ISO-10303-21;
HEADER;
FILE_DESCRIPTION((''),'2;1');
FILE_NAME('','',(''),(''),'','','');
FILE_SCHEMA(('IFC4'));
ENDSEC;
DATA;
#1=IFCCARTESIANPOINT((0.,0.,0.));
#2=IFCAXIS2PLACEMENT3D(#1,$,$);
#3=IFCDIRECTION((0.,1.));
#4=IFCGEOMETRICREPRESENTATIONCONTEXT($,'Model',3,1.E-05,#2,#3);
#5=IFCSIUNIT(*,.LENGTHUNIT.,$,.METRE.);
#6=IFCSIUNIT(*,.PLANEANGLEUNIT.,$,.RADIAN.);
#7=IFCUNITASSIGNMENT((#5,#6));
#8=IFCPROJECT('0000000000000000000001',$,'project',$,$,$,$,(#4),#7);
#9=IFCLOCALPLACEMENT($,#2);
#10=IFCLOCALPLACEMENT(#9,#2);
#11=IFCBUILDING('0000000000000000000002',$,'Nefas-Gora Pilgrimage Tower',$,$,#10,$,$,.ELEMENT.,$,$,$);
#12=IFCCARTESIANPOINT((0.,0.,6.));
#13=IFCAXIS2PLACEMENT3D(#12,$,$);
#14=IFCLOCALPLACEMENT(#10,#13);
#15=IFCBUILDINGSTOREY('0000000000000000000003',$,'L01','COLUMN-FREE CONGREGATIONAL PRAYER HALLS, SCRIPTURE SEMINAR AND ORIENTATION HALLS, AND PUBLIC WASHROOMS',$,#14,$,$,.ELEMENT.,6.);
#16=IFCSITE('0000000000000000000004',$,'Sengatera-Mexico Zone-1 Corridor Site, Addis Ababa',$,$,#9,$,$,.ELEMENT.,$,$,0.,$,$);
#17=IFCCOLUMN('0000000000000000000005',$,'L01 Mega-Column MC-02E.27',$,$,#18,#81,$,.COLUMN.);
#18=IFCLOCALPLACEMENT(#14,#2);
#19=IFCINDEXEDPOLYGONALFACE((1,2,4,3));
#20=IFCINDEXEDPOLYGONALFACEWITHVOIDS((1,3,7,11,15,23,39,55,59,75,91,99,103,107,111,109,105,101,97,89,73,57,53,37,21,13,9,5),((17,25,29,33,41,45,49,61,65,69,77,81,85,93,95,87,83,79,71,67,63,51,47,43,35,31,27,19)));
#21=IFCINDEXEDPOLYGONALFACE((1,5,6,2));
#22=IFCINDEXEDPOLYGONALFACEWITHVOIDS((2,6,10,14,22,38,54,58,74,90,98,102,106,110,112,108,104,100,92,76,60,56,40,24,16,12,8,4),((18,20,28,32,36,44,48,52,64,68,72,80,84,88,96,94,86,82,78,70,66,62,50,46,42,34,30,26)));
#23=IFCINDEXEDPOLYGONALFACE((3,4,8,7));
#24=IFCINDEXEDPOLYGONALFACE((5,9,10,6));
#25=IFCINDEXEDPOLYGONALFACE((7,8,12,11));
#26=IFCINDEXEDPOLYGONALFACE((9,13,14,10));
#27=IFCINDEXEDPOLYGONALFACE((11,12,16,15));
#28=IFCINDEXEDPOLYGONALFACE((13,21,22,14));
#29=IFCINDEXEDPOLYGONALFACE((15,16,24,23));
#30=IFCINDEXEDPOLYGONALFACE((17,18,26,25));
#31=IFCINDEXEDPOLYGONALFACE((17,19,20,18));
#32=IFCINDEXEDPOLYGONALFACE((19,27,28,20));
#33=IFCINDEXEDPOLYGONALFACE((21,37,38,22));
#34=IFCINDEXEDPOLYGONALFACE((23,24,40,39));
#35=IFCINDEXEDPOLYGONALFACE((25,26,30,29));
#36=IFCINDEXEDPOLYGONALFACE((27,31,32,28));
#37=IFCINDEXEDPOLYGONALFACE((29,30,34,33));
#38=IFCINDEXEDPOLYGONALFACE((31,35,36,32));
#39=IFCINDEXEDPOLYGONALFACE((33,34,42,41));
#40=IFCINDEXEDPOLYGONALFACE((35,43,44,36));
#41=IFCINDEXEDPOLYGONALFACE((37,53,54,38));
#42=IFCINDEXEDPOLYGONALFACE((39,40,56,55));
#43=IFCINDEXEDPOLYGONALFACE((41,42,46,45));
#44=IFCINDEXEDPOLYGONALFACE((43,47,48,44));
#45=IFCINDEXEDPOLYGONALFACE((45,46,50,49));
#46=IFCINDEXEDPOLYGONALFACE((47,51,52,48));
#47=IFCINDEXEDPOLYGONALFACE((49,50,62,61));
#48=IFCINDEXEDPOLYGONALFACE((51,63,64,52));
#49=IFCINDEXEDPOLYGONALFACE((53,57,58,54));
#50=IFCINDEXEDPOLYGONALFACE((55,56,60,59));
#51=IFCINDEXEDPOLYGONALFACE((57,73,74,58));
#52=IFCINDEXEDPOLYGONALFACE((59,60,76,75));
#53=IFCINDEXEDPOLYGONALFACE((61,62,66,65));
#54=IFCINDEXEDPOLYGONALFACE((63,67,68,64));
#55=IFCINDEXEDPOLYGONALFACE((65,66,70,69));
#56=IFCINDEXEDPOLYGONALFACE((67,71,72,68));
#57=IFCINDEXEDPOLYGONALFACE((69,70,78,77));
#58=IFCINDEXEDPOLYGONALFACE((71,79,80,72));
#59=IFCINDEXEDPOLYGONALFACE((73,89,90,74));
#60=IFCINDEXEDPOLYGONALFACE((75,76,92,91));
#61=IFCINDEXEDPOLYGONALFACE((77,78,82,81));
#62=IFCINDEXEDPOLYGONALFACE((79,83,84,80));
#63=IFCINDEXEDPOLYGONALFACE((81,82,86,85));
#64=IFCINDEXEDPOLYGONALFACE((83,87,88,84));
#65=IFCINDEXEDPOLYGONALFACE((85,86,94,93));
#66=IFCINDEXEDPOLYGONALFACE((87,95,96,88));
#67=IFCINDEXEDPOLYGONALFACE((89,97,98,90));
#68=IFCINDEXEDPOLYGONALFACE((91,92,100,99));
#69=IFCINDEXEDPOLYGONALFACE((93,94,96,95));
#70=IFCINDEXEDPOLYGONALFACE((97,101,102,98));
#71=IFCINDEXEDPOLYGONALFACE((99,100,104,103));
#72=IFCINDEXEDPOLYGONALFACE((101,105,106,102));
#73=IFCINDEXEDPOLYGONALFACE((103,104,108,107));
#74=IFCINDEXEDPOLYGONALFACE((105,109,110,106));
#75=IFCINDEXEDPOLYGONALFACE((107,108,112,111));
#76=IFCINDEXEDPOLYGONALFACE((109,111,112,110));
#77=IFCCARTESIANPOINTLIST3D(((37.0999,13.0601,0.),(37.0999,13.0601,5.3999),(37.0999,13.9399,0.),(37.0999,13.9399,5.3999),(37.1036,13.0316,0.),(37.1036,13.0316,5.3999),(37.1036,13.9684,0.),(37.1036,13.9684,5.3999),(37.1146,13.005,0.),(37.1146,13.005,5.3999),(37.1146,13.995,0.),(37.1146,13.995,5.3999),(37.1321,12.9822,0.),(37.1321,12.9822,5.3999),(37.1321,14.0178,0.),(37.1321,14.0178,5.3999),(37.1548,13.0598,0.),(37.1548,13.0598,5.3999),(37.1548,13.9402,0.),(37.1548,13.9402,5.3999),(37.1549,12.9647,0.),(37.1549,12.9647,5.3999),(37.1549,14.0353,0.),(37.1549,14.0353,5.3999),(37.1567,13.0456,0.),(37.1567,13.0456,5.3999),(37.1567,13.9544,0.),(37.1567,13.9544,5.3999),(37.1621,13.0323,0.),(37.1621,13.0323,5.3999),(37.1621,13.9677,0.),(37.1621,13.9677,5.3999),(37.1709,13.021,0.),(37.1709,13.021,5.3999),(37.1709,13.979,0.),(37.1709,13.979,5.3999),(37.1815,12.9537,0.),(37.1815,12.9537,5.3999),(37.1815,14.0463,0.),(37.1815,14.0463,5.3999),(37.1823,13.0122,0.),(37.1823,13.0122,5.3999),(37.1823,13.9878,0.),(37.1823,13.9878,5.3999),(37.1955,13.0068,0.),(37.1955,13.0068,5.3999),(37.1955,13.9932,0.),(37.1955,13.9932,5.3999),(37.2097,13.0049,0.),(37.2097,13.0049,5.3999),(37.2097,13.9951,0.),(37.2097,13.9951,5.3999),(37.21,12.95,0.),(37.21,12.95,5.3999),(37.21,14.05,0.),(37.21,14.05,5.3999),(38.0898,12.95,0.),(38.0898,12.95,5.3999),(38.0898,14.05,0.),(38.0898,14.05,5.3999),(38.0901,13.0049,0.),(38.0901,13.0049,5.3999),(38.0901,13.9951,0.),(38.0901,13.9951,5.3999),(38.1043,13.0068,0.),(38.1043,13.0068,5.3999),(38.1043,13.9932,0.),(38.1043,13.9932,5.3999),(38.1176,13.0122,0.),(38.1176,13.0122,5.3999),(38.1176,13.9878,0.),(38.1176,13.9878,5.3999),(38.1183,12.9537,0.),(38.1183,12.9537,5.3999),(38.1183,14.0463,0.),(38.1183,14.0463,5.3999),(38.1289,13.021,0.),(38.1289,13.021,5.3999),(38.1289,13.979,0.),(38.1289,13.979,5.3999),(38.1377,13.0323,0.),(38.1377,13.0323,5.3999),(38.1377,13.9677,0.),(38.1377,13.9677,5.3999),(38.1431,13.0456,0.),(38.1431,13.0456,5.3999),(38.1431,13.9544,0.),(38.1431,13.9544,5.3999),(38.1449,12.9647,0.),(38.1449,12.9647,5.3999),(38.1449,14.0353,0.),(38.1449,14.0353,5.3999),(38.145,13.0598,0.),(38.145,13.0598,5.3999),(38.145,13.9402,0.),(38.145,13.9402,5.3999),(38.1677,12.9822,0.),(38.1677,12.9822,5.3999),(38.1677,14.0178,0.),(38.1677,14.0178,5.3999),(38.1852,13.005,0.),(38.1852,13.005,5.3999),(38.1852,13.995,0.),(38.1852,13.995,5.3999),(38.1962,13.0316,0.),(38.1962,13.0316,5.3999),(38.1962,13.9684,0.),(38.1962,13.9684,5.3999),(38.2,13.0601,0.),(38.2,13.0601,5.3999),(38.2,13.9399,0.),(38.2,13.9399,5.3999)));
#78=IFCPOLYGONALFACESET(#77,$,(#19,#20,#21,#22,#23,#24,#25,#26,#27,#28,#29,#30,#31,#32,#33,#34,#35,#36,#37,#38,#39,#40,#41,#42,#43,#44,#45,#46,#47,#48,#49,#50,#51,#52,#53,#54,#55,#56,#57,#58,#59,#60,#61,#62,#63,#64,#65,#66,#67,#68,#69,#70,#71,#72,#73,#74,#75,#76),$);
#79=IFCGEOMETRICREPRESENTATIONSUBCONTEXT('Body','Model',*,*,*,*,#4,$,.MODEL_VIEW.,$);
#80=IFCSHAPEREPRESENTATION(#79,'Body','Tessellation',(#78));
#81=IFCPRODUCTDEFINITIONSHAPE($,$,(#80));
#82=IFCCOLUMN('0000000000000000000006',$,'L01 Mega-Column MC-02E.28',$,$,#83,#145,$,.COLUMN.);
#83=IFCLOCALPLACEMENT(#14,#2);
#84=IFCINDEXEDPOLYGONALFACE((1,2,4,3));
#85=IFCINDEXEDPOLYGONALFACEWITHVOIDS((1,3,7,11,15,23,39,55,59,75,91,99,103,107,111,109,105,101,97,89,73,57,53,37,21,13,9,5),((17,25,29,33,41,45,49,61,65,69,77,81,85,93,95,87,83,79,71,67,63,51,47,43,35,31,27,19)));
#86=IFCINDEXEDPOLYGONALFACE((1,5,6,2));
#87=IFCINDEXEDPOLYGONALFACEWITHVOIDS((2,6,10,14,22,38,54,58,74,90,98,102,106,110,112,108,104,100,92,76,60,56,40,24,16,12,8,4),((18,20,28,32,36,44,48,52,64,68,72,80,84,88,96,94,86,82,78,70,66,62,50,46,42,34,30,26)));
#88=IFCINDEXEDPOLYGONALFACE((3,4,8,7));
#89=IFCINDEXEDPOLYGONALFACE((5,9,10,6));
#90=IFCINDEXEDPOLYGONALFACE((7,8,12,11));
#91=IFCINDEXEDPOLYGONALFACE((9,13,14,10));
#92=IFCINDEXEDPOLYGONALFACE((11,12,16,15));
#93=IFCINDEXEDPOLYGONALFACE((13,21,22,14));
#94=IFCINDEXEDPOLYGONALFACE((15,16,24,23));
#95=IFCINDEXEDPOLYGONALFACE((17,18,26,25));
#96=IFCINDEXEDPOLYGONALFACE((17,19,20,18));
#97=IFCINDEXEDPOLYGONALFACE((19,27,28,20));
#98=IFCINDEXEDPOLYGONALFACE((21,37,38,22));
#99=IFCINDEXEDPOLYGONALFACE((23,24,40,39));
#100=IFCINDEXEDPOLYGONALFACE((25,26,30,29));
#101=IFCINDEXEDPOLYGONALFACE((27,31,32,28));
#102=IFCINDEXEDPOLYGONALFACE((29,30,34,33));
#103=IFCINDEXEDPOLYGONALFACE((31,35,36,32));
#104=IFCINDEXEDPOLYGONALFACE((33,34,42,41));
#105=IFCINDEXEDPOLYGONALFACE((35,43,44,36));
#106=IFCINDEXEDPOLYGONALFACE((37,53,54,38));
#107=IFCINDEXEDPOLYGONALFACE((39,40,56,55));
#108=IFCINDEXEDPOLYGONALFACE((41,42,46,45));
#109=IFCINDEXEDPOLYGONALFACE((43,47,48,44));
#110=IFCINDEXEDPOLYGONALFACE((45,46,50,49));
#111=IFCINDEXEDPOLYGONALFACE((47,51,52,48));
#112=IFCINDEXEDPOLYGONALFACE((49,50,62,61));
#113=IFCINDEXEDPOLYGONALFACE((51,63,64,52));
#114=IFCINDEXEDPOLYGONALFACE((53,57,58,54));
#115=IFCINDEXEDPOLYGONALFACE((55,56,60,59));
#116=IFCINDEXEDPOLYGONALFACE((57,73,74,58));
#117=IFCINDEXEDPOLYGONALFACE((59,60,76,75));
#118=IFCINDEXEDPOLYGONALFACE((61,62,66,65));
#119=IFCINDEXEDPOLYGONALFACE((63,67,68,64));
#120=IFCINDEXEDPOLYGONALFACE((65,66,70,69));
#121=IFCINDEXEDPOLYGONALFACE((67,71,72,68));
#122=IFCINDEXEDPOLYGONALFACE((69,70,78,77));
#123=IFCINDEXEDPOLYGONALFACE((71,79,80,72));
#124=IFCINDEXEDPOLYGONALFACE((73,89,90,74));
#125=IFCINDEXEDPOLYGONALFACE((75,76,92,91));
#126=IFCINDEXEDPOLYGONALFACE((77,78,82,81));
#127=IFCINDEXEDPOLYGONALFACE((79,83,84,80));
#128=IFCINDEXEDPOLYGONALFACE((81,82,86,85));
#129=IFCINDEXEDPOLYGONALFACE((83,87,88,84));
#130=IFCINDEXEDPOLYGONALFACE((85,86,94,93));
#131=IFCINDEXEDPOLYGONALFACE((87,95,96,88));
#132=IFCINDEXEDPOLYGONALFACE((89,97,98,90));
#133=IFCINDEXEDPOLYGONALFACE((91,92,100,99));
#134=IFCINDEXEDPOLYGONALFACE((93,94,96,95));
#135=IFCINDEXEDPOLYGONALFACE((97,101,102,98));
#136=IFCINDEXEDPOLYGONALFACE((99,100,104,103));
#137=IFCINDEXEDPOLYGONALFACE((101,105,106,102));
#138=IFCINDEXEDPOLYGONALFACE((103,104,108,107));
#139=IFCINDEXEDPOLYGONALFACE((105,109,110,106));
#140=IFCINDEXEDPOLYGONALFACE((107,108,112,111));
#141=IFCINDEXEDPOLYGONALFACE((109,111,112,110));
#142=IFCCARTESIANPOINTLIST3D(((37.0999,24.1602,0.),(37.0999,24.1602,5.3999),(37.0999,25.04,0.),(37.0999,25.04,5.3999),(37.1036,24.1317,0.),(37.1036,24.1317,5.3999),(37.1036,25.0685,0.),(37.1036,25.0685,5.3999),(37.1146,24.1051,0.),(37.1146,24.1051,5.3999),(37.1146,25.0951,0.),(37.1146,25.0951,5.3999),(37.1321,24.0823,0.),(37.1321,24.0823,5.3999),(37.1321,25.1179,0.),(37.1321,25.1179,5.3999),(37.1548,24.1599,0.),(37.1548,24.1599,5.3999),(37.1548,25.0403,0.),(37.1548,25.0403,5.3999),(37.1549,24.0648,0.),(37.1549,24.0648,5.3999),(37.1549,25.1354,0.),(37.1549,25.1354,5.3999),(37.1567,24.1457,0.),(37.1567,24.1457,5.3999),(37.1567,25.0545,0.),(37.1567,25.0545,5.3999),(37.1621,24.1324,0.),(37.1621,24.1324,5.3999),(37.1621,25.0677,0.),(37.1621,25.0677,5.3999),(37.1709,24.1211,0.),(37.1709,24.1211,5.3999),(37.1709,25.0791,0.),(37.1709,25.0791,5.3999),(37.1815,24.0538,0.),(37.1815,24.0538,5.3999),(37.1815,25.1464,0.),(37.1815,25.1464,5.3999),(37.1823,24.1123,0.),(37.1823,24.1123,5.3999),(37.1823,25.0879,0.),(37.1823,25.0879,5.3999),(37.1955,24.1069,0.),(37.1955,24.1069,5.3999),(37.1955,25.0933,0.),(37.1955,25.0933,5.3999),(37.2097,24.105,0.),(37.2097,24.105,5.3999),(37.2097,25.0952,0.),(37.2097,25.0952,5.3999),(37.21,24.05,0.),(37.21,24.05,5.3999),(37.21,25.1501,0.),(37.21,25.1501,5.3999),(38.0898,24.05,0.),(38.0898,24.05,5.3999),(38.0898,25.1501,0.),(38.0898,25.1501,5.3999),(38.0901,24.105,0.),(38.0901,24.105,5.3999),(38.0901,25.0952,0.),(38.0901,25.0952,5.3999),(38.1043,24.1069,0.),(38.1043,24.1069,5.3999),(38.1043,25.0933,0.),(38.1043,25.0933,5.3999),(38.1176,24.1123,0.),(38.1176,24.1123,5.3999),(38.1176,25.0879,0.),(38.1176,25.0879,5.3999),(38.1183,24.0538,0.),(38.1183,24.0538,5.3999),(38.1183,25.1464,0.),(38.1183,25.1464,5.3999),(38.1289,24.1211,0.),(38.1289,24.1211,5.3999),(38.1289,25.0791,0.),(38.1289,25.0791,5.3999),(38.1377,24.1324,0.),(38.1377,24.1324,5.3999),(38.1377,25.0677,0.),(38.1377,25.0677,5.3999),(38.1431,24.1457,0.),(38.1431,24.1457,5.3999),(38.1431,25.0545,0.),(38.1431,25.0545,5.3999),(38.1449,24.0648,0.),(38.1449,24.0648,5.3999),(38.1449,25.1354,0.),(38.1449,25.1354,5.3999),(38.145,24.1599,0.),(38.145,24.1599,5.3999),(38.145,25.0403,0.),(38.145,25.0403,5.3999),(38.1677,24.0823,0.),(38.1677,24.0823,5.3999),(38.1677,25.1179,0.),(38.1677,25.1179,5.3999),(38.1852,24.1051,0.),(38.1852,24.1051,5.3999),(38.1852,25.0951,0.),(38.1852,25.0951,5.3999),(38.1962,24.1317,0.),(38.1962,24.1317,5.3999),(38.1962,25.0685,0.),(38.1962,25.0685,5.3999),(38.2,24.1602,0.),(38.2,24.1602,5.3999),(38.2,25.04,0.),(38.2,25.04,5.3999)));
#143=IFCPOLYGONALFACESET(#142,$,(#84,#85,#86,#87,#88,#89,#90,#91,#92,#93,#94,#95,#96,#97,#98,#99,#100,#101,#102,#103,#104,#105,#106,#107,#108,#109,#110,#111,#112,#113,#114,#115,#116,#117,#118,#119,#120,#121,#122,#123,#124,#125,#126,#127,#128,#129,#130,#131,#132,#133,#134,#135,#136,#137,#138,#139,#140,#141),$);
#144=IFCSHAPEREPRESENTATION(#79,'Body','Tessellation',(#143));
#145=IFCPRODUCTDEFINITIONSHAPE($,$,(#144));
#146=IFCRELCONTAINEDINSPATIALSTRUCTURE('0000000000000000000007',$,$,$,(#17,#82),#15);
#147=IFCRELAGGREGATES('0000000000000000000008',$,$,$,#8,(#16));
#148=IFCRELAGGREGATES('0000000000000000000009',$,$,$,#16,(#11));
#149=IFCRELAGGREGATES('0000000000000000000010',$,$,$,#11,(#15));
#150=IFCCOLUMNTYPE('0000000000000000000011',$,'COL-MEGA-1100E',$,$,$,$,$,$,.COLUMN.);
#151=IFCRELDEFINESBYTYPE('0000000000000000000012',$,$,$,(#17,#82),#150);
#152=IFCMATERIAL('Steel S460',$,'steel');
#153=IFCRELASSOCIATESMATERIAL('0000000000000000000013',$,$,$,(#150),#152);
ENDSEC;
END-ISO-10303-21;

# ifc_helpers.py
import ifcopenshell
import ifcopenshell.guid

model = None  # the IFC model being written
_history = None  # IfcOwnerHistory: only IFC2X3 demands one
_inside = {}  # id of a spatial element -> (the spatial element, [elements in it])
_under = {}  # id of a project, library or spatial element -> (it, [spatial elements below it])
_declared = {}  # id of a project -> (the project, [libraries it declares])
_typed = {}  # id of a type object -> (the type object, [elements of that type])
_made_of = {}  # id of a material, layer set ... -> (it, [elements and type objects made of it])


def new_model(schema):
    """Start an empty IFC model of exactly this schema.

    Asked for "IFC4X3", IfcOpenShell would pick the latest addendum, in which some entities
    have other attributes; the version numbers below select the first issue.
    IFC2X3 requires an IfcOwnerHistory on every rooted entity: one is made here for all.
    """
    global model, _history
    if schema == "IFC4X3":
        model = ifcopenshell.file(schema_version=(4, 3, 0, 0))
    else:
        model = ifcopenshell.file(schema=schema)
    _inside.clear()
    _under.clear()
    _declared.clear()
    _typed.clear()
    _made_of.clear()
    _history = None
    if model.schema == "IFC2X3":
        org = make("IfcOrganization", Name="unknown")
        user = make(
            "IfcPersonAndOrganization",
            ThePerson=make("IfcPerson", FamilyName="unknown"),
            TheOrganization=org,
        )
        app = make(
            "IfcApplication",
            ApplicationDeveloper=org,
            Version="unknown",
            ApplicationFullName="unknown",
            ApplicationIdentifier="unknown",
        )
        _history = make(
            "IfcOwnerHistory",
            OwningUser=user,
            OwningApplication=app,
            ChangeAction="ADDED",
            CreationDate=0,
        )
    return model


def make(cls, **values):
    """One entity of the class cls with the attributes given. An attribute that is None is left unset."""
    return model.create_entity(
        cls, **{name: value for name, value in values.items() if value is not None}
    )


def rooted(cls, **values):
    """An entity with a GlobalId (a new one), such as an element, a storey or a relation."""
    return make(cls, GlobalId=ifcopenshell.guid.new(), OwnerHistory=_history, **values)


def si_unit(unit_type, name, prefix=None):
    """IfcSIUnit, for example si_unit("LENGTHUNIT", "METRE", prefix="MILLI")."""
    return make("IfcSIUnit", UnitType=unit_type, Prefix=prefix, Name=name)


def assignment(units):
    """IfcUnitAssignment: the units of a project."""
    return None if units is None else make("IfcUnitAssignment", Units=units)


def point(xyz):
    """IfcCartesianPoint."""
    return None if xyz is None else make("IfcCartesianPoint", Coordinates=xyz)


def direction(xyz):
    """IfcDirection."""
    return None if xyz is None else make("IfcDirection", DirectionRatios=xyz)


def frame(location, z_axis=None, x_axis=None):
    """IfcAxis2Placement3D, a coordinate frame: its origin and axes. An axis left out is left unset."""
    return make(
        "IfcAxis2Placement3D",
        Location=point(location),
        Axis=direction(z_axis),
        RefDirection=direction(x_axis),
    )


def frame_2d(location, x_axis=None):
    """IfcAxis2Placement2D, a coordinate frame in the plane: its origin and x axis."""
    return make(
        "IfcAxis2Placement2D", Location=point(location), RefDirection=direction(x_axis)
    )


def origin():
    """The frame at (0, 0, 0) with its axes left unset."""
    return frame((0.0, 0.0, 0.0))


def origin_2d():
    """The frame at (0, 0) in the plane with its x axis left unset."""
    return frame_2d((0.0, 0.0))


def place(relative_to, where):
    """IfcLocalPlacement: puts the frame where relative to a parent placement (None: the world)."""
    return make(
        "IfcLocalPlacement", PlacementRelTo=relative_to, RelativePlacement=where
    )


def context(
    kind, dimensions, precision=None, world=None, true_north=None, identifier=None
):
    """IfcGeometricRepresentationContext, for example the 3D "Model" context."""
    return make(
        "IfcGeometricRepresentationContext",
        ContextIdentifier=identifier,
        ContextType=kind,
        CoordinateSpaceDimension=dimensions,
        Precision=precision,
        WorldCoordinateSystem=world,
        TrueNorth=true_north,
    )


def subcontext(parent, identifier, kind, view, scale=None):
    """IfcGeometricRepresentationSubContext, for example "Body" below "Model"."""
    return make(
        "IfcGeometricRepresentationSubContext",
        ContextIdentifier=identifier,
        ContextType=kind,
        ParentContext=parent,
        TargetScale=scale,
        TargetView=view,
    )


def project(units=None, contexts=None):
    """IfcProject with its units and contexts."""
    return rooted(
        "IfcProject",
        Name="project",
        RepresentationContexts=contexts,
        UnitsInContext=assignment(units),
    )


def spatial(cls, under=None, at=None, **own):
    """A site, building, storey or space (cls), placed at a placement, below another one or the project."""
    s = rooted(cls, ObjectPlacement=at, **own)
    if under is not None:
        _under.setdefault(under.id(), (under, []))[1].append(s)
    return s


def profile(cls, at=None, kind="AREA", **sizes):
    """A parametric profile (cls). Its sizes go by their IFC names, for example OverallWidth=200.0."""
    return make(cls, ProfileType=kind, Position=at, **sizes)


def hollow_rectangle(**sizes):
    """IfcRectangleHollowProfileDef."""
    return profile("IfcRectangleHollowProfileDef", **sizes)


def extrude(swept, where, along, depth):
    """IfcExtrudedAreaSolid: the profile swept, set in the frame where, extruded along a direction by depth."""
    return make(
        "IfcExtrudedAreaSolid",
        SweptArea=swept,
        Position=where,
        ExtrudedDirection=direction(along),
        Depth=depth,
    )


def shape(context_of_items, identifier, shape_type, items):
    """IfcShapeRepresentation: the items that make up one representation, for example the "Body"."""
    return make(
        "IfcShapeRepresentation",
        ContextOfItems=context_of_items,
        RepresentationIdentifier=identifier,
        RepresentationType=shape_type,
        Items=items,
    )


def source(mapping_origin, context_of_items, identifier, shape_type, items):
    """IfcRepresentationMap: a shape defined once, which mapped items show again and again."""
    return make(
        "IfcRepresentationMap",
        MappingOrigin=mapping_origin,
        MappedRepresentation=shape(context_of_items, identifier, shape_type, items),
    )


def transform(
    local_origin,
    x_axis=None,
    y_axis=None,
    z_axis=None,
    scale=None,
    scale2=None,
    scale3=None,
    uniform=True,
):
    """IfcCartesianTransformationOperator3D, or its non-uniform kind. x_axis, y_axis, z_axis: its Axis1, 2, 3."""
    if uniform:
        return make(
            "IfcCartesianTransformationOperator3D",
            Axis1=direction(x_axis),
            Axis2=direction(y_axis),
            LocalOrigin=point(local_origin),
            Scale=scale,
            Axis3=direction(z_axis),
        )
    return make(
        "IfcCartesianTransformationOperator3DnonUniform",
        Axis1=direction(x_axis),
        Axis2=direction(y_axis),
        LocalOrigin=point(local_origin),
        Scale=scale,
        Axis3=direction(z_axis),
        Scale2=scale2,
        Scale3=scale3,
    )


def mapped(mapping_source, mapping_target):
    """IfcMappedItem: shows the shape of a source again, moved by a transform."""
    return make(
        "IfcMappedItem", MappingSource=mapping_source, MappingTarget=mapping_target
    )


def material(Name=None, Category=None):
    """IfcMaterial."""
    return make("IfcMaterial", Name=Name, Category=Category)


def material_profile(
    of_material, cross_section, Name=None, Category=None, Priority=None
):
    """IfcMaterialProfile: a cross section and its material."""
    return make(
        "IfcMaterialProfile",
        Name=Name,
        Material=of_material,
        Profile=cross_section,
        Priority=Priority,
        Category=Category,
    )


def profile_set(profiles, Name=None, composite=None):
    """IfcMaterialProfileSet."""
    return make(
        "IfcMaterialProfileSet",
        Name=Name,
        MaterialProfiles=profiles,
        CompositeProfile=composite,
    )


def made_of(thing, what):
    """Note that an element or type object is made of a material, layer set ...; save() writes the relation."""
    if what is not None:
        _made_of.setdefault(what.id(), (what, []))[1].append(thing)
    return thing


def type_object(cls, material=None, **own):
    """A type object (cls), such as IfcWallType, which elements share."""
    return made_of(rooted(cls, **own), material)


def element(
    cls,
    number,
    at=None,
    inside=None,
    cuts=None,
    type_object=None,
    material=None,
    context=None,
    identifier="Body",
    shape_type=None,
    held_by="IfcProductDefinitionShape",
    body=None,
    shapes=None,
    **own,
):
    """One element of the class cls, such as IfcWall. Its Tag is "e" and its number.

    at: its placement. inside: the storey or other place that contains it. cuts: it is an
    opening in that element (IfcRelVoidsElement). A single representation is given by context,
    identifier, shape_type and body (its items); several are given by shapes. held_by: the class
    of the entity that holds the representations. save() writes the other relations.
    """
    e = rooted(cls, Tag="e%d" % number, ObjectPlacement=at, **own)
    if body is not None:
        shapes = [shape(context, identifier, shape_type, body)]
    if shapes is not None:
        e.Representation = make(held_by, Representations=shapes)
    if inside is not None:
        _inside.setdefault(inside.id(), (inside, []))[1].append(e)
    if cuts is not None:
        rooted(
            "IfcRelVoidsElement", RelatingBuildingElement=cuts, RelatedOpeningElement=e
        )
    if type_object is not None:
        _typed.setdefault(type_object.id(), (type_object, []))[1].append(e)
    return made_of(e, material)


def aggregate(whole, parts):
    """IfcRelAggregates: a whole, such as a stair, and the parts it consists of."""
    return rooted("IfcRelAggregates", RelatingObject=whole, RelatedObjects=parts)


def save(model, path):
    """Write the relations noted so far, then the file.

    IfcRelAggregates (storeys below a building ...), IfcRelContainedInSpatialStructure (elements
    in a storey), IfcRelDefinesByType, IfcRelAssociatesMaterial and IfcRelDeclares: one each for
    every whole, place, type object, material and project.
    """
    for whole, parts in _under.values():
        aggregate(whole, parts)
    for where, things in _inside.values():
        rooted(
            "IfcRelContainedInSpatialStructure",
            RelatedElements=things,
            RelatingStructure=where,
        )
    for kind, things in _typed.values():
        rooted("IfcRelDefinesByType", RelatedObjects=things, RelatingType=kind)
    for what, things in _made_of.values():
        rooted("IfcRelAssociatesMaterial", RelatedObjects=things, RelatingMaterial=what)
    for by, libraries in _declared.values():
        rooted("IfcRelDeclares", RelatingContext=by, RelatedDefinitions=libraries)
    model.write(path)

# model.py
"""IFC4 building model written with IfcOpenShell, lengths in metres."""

from ifc_helpers import new_model, si_unit, direction, frame, origin, origin_2d, place, context, subcontext, project, spatial, hollow_rectangle, extrude, source, transform, mapped, material, material_profile, profile_set, type_object, element, save


model = new_model("IFC4")

# Units and contexts
model_context = context("Model", 3, precision=1e-05, world=origin(), true_north=direction((0.0, 1.0)))
body_context = subcontext(model_context, "Body", "Model", "MODEL_VIEW")
ifc_project = project(units=[si_unit("LENGTHUNIT", "METRE"), si_unit("PLANEANGLEUNIT", "RADIAN")], contexts=[model_context])

# Site, building, storey
site_placement = place(None, origin())
site = spatial("IfcSite", under=ifc_project, at=site_placement, Name="Sengatera-Mexico Zone-1 Corridor Site, Addis Ababa", CompositionType="ELEMENT", RefElevation=0.0)
building_placement = place(site_placement, origin())
building = spatial("IfcBuilding", under=site, at=building_placement, Name="Nefas-Gora Pilgrimage Tower", CompositionType="ELEMENT")
storey_placement = place(building_placement, frame((0.0, 0.0, 6.0)))
storey = spatial("IfcBuildingStorey", under=building, at=storey_placement, Name="L01", Description="COLUMN-FREE CONGREGATIONAL PRAYER HALLS, SCRIPTURE SEMINAR AND ORIENTATION HALLS, AND PUBLIC WASHROOMS", CompositionType="ELEMENT", Elevation=6.0)

# Columns
ifc_material_1 = material(Name="Steel S460", Category="steel")
ifc_material_profile_1 = material_profile(ifc_material_1, hollow_rectangle(XDim=1.1001, YDim=1.1001, WallThickness=0.0549, InnerFilletRadius=0.0549, OuterFilletRadius=0.1101, at=origin_2d()), Name="BOX 1100x1100x55")
ifc_profile_set_1 = profile_set([ifc_material_profile_1], Name="Steel S460")
column_type_1 = type_object("IfcColumnType", Name="COL-MEGA-1100E", PredefinedType="COLUMN", material=ifc_profile_set_1)
shared_shape_1 = source(origin(), body_context, "Body", "SweptSolid", [
    extrude(hollow_rectangle(XDim=1.1001, YDim=1.1001, WallThickness=0.0549, InnerFilletRadius=0.0549, OuterFilletRadius=0.1101, at=origin_2d()), origin(), (0.0, 0.0, 1.0), 5.3999),
])
for number, where, z_axis, x_axis, name in (
    (1, (37.6499, 13.5, 0.0), (0.0, 0.0, 1.0), (1.0, 0.0, 0.0), "L01 Mega-Column MC-02E.27"),
    (2, (37.6499, 24.6001, 0.0), (0.0, 0.0, 1.0), (1.0, 0.0, 0.0), "L01 Mega-Column MC-02E.28"),
):
    element("IfcColumn", number, at=place(storey_placement, frame(where, z_axis=z_axis, x_axis=x_axis)), inside=storey, type_object=column_type_1, Name=name, PredefinedType="COLUMN", context=body_context, shape_type="MappedRepresentation", body=[
        mapped(shared_shape_1, transform((0.0, 0.0, 0.0), x_axis=(1.0, 0.0, 0.0), y_axis=(0.0, 1.0, 0.0), z_axis=(0.0, 0.0, 1.0), scale=1.0)),
    ])

save(model, "model.ifc")
